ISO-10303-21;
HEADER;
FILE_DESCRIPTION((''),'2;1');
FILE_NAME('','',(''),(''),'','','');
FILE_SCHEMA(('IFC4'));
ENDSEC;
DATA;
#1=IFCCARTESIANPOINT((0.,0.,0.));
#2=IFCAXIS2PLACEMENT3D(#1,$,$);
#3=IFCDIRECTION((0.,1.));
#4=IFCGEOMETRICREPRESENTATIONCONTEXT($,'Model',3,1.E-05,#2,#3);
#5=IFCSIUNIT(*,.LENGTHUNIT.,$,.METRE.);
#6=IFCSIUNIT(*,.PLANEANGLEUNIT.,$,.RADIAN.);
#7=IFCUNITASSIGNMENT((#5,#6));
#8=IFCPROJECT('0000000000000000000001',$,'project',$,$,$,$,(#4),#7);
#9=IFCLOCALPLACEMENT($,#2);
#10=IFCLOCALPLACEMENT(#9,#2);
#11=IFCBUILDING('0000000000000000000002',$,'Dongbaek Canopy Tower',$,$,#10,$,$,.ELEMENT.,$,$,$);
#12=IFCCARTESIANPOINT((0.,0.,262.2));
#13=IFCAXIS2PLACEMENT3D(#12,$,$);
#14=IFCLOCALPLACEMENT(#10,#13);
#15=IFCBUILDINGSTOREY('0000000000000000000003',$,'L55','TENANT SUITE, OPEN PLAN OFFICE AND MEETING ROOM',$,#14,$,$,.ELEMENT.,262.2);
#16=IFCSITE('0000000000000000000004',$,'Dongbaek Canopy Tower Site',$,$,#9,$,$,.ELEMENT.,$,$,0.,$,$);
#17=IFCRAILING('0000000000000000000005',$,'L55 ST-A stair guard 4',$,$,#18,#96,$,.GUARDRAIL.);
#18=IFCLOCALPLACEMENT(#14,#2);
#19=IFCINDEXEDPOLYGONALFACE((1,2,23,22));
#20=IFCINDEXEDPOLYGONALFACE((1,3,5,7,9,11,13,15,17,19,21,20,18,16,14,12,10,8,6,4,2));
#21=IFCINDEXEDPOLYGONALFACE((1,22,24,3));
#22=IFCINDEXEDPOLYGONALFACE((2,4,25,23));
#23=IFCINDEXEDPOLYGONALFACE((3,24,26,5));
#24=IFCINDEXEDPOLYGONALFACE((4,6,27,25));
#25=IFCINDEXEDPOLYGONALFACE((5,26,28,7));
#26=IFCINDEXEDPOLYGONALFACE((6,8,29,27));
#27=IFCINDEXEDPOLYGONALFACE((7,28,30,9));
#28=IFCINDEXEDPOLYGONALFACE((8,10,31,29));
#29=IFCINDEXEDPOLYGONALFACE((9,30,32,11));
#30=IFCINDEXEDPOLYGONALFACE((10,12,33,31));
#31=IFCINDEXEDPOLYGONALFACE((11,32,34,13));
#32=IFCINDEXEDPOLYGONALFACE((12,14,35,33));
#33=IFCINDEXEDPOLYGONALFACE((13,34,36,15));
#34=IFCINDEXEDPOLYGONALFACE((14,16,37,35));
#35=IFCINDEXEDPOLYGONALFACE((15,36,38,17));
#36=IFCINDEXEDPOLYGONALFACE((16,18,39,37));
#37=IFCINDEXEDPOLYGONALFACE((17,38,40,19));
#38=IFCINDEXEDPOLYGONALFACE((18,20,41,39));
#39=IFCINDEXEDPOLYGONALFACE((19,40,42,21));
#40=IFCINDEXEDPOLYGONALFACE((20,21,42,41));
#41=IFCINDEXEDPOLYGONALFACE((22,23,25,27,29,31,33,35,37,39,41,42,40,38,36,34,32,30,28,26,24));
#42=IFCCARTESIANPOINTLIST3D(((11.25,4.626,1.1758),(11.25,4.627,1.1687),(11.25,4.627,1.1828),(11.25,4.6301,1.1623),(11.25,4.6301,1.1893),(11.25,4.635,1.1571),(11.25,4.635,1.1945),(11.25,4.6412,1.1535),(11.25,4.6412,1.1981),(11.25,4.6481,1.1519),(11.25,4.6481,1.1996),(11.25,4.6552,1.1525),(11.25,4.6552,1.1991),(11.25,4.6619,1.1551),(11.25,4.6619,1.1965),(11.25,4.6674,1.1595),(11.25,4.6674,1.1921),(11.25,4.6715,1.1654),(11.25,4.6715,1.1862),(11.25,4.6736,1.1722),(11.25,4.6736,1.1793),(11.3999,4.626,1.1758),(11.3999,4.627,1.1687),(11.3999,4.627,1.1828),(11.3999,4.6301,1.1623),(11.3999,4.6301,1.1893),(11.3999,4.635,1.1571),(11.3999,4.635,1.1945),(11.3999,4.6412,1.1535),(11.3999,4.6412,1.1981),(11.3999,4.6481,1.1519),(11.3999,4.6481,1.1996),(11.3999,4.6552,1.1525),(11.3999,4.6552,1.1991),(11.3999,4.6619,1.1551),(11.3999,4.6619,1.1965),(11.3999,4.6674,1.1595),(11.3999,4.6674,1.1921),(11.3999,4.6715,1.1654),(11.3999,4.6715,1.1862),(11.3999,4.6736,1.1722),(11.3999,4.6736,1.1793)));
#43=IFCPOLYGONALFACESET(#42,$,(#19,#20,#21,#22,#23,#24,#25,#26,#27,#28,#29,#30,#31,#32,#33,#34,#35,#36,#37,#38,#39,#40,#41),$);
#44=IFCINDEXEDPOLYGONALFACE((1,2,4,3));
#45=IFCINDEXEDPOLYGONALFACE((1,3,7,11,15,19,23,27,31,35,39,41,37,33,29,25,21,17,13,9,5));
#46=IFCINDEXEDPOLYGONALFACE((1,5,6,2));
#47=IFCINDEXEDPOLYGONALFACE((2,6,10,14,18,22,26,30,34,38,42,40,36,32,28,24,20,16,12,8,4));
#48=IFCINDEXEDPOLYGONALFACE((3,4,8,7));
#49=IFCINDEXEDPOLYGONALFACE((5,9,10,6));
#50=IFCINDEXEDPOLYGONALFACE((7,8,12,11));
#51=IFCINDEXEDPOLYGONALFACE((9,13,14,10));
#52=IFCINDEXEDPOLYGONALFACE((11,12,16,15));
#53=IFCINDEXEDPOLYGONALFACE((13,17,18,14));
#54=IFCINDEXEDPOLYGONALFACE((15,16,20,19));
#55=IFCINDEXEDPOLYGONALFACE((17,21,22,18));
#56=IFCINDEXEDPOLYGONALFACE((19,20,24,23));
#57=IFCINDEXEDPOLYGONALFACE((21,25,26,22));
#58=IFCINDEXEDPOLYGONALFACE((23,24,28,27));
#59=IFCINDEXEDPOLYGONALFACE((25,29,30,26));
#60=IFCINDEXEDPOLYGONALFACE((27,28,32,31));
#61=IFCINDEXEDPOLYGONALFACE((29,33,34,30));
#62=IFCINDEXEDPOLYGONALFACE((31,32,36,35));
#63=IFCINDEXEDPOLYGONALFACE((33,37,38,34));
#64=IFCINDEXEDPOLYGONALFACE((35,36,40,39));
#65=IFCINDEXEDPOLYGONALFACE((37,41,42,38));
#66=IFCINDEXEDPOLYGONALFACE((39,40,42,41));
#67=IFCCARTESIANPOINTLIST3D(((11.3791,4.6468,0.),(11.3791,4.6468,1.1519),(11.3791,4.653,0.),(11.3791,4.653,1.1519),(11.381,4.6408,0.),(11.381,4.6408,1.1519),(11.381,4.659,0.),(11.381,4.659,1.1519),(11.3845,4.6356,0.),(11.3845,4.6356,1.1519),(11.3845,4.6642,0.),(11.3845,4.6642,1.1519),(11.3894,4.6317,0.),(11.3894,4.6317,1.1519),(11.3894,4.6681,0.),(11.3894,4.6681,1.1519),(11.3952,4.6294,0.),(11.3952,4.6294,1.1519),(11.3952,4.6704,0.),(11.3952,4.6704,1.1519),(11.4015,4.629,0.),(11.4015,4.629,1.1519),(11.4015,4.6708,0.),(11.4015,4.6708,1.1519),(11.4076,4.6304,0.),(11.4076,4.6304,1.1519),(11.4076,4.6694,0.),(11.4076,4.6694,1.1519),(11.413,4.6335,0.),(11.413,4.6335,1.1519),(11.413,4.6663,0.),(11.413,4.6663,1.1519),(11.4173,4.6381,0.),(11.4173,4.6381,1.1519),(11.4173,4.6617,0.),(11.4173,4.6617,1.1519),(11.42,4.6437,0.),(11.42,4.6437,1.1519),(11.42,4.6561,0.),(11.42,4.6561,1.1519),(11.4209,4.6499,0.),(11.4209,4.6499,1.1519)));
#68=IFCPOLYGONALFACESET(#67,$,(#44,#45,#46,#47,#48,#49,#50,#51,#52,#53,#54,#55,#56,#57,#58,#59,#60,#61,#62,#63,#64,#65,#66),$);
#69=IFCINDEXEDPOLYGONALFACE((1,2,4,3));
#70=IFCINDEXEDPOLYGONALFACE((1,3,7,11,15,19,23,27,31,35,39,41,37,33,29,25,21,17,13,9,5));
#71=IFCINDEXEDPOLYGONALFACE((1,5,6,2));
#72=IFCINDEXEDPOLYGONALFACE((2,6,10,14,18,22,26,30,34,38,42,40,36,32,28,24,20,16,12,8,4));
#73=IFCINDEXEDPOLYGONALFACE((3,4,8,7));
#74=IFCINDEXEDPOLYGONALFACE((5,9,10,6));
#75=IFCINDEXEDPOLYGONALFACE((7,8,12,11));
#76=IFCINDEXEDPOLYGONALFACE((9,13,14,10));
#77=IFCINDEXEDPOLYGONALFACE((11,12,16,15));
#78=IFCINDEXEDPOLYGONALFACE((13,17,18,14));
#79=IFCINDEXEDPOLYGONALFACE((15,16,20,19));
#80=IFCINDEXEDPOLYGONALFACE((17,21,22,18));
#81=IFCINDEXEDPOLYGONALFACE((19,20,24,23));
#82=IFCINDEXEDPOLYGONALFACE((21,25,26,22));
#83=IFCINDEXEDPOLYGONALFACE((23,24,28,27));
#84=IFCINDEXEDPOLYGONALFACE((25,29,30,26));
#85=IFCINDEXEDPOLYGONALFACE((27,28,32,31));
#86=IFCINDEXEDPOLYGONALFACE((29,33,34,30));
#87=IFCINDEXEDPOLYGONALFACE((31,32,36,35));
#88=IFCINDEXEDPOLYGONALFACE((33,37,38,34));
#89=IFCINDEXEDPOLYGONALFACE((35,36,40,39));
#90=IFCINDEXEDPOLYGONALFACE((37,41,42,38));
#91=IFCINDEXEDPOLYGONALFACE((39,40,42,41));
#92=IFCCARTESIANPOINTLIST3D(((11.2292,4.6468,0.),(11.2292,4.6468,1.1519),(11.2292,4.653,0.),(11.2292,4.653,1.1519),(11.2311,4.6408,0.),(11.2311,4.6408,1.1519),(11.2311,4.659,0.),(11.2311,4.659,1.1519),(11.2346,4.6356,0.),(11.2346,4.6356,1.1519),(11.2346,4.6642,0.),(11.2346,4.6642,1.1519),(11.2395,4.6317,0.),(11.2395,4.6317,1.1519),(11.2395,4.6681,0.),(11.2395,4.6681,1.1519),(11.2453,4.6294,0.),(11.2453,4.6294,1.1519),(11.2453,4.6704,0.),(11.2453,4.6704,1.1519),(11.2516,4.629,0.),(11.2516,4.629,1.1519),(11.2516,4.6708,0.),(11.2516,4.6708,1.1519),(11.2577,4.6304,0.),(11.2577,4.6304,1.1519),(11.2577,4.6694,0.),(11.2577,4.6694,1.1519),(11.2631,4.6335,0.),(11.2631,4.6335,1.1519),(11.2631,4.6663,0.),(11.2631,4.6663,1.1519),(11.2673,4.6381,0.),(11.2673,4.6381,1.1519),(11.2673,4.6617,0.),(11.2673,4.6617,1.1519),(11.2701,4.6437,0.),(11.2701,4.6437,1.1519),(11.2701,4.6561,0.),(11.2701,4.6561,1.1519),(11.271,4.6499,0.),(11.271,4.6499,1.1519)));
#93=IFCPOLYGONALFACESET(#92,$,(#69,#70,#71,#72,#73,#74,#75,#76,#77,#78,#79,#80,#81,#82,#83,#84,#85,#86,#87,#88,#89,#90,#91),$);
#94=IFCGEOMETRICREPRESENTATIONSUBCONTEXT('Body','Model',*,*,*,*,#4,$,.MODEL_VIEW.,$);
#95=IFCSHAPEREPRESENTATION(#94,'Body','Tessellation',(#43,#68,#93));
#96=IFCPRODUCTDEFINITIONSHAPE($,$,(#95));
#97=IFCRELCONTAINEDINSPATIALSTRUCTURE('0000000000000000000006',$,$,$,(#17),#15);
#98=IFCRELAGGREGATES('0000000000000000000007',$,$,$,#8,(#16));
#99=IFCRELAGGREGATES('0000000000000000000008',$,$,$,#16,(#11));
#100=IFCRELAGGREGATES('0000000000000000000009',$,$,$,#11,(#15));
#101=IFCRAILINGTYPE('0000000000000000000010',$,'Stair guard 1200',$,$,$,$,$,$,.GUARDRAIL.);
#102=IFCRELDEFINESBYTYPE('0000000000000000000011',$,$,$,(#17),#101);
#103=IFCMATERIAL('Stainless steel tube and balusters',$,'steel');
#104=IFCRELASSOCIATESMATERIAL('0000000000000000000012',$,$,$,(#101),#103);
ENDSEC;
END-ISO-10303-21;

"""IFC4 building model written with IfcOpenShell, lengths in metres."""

from ifc_helpers import new_model, si_unit, direction, frame, origin, origin_2d, place, context, subcontext, project, spatial, circle, extrude, material, type_object, element, save


model = new_model("IFC4")

# Units and contexts
model_context = context("Model", 3, precision=1e-05, world=origin(), true_north=direction((0.0, 1.0)))
body_context = subcontext(model_context, "Body", "Model", "MODEL_VIEW")
ifc_project = project(units=[si_unit("LENGTHUNIT", "METRE"), si_unit("PLANEANGLEUNIT", "RADIAN")], contexts=[model_context])

# Site, building, storey
site_placement = place(None, origin())
site = spatial("IfcSite", under=ifc_project, at=site_placement, Name="Dongbaek Canopy Tower Site", CompositionType="ELEMENT", RefElevation=0.0)
building_placement = place(site_placement, origin())
building = spatial("IfcBuilding", under=site, at=building_placement, Name="Dongbaek Canopy Tower", CompositionType="ELEMENT")
storey_placement = place(building_placement, frame((0.0, 0.0, 262.2)))
storey = spatial("IfcBuildingStorey", under=building, at=storey_placement, Name="L55", Description="TENANT SUITE, OPEN PLAN OFFICE AND MEETING ROOM", CompositionType="ELEMENT", Elevation=262.2)

# Railing
ifc_material_1 = material(Name="Stainless steel tube and balusters", Category="steel")
railing_type_1 = type_object("IfcRailingType", Name="Stair guard 1200", PredefinedType="GUARDRAIL", material=ifc_material_1)
railing_1_placement = place(storey_placement, frame((11.3999, 4.6499, 0.0)))
element("IfcRailing", 1, at=railing_1_placement, inside=storey, type_object=railing_type_1, Name="L55 ST-A stair guard 4", PredefinedType="GUARDRAIL", context=body_context, shape_type="SweptSolid", body=[
    extrude(circle(Radius=0.0239, at=origin_2d()), frame((0.0, 0.0, 1.1758), z_axis=(-1.0, 0.0, 0.0), x_axis=(0.0, -1.0, 0.0)), (0.0, 0.0, 1.0), 0.1499),
    extrude(circle(Radius=0.021, at=origin_2d()), origin(), (0.0, 0.0, 1.0), 1.1519),
    extrude(circle(Radius=0.021, at=origin_2d()), frame((-0.1499, 0.0, 0.0)), (0.0, 0.0, 1.0), 1.1519),
])

save(model, "model.ifc")
